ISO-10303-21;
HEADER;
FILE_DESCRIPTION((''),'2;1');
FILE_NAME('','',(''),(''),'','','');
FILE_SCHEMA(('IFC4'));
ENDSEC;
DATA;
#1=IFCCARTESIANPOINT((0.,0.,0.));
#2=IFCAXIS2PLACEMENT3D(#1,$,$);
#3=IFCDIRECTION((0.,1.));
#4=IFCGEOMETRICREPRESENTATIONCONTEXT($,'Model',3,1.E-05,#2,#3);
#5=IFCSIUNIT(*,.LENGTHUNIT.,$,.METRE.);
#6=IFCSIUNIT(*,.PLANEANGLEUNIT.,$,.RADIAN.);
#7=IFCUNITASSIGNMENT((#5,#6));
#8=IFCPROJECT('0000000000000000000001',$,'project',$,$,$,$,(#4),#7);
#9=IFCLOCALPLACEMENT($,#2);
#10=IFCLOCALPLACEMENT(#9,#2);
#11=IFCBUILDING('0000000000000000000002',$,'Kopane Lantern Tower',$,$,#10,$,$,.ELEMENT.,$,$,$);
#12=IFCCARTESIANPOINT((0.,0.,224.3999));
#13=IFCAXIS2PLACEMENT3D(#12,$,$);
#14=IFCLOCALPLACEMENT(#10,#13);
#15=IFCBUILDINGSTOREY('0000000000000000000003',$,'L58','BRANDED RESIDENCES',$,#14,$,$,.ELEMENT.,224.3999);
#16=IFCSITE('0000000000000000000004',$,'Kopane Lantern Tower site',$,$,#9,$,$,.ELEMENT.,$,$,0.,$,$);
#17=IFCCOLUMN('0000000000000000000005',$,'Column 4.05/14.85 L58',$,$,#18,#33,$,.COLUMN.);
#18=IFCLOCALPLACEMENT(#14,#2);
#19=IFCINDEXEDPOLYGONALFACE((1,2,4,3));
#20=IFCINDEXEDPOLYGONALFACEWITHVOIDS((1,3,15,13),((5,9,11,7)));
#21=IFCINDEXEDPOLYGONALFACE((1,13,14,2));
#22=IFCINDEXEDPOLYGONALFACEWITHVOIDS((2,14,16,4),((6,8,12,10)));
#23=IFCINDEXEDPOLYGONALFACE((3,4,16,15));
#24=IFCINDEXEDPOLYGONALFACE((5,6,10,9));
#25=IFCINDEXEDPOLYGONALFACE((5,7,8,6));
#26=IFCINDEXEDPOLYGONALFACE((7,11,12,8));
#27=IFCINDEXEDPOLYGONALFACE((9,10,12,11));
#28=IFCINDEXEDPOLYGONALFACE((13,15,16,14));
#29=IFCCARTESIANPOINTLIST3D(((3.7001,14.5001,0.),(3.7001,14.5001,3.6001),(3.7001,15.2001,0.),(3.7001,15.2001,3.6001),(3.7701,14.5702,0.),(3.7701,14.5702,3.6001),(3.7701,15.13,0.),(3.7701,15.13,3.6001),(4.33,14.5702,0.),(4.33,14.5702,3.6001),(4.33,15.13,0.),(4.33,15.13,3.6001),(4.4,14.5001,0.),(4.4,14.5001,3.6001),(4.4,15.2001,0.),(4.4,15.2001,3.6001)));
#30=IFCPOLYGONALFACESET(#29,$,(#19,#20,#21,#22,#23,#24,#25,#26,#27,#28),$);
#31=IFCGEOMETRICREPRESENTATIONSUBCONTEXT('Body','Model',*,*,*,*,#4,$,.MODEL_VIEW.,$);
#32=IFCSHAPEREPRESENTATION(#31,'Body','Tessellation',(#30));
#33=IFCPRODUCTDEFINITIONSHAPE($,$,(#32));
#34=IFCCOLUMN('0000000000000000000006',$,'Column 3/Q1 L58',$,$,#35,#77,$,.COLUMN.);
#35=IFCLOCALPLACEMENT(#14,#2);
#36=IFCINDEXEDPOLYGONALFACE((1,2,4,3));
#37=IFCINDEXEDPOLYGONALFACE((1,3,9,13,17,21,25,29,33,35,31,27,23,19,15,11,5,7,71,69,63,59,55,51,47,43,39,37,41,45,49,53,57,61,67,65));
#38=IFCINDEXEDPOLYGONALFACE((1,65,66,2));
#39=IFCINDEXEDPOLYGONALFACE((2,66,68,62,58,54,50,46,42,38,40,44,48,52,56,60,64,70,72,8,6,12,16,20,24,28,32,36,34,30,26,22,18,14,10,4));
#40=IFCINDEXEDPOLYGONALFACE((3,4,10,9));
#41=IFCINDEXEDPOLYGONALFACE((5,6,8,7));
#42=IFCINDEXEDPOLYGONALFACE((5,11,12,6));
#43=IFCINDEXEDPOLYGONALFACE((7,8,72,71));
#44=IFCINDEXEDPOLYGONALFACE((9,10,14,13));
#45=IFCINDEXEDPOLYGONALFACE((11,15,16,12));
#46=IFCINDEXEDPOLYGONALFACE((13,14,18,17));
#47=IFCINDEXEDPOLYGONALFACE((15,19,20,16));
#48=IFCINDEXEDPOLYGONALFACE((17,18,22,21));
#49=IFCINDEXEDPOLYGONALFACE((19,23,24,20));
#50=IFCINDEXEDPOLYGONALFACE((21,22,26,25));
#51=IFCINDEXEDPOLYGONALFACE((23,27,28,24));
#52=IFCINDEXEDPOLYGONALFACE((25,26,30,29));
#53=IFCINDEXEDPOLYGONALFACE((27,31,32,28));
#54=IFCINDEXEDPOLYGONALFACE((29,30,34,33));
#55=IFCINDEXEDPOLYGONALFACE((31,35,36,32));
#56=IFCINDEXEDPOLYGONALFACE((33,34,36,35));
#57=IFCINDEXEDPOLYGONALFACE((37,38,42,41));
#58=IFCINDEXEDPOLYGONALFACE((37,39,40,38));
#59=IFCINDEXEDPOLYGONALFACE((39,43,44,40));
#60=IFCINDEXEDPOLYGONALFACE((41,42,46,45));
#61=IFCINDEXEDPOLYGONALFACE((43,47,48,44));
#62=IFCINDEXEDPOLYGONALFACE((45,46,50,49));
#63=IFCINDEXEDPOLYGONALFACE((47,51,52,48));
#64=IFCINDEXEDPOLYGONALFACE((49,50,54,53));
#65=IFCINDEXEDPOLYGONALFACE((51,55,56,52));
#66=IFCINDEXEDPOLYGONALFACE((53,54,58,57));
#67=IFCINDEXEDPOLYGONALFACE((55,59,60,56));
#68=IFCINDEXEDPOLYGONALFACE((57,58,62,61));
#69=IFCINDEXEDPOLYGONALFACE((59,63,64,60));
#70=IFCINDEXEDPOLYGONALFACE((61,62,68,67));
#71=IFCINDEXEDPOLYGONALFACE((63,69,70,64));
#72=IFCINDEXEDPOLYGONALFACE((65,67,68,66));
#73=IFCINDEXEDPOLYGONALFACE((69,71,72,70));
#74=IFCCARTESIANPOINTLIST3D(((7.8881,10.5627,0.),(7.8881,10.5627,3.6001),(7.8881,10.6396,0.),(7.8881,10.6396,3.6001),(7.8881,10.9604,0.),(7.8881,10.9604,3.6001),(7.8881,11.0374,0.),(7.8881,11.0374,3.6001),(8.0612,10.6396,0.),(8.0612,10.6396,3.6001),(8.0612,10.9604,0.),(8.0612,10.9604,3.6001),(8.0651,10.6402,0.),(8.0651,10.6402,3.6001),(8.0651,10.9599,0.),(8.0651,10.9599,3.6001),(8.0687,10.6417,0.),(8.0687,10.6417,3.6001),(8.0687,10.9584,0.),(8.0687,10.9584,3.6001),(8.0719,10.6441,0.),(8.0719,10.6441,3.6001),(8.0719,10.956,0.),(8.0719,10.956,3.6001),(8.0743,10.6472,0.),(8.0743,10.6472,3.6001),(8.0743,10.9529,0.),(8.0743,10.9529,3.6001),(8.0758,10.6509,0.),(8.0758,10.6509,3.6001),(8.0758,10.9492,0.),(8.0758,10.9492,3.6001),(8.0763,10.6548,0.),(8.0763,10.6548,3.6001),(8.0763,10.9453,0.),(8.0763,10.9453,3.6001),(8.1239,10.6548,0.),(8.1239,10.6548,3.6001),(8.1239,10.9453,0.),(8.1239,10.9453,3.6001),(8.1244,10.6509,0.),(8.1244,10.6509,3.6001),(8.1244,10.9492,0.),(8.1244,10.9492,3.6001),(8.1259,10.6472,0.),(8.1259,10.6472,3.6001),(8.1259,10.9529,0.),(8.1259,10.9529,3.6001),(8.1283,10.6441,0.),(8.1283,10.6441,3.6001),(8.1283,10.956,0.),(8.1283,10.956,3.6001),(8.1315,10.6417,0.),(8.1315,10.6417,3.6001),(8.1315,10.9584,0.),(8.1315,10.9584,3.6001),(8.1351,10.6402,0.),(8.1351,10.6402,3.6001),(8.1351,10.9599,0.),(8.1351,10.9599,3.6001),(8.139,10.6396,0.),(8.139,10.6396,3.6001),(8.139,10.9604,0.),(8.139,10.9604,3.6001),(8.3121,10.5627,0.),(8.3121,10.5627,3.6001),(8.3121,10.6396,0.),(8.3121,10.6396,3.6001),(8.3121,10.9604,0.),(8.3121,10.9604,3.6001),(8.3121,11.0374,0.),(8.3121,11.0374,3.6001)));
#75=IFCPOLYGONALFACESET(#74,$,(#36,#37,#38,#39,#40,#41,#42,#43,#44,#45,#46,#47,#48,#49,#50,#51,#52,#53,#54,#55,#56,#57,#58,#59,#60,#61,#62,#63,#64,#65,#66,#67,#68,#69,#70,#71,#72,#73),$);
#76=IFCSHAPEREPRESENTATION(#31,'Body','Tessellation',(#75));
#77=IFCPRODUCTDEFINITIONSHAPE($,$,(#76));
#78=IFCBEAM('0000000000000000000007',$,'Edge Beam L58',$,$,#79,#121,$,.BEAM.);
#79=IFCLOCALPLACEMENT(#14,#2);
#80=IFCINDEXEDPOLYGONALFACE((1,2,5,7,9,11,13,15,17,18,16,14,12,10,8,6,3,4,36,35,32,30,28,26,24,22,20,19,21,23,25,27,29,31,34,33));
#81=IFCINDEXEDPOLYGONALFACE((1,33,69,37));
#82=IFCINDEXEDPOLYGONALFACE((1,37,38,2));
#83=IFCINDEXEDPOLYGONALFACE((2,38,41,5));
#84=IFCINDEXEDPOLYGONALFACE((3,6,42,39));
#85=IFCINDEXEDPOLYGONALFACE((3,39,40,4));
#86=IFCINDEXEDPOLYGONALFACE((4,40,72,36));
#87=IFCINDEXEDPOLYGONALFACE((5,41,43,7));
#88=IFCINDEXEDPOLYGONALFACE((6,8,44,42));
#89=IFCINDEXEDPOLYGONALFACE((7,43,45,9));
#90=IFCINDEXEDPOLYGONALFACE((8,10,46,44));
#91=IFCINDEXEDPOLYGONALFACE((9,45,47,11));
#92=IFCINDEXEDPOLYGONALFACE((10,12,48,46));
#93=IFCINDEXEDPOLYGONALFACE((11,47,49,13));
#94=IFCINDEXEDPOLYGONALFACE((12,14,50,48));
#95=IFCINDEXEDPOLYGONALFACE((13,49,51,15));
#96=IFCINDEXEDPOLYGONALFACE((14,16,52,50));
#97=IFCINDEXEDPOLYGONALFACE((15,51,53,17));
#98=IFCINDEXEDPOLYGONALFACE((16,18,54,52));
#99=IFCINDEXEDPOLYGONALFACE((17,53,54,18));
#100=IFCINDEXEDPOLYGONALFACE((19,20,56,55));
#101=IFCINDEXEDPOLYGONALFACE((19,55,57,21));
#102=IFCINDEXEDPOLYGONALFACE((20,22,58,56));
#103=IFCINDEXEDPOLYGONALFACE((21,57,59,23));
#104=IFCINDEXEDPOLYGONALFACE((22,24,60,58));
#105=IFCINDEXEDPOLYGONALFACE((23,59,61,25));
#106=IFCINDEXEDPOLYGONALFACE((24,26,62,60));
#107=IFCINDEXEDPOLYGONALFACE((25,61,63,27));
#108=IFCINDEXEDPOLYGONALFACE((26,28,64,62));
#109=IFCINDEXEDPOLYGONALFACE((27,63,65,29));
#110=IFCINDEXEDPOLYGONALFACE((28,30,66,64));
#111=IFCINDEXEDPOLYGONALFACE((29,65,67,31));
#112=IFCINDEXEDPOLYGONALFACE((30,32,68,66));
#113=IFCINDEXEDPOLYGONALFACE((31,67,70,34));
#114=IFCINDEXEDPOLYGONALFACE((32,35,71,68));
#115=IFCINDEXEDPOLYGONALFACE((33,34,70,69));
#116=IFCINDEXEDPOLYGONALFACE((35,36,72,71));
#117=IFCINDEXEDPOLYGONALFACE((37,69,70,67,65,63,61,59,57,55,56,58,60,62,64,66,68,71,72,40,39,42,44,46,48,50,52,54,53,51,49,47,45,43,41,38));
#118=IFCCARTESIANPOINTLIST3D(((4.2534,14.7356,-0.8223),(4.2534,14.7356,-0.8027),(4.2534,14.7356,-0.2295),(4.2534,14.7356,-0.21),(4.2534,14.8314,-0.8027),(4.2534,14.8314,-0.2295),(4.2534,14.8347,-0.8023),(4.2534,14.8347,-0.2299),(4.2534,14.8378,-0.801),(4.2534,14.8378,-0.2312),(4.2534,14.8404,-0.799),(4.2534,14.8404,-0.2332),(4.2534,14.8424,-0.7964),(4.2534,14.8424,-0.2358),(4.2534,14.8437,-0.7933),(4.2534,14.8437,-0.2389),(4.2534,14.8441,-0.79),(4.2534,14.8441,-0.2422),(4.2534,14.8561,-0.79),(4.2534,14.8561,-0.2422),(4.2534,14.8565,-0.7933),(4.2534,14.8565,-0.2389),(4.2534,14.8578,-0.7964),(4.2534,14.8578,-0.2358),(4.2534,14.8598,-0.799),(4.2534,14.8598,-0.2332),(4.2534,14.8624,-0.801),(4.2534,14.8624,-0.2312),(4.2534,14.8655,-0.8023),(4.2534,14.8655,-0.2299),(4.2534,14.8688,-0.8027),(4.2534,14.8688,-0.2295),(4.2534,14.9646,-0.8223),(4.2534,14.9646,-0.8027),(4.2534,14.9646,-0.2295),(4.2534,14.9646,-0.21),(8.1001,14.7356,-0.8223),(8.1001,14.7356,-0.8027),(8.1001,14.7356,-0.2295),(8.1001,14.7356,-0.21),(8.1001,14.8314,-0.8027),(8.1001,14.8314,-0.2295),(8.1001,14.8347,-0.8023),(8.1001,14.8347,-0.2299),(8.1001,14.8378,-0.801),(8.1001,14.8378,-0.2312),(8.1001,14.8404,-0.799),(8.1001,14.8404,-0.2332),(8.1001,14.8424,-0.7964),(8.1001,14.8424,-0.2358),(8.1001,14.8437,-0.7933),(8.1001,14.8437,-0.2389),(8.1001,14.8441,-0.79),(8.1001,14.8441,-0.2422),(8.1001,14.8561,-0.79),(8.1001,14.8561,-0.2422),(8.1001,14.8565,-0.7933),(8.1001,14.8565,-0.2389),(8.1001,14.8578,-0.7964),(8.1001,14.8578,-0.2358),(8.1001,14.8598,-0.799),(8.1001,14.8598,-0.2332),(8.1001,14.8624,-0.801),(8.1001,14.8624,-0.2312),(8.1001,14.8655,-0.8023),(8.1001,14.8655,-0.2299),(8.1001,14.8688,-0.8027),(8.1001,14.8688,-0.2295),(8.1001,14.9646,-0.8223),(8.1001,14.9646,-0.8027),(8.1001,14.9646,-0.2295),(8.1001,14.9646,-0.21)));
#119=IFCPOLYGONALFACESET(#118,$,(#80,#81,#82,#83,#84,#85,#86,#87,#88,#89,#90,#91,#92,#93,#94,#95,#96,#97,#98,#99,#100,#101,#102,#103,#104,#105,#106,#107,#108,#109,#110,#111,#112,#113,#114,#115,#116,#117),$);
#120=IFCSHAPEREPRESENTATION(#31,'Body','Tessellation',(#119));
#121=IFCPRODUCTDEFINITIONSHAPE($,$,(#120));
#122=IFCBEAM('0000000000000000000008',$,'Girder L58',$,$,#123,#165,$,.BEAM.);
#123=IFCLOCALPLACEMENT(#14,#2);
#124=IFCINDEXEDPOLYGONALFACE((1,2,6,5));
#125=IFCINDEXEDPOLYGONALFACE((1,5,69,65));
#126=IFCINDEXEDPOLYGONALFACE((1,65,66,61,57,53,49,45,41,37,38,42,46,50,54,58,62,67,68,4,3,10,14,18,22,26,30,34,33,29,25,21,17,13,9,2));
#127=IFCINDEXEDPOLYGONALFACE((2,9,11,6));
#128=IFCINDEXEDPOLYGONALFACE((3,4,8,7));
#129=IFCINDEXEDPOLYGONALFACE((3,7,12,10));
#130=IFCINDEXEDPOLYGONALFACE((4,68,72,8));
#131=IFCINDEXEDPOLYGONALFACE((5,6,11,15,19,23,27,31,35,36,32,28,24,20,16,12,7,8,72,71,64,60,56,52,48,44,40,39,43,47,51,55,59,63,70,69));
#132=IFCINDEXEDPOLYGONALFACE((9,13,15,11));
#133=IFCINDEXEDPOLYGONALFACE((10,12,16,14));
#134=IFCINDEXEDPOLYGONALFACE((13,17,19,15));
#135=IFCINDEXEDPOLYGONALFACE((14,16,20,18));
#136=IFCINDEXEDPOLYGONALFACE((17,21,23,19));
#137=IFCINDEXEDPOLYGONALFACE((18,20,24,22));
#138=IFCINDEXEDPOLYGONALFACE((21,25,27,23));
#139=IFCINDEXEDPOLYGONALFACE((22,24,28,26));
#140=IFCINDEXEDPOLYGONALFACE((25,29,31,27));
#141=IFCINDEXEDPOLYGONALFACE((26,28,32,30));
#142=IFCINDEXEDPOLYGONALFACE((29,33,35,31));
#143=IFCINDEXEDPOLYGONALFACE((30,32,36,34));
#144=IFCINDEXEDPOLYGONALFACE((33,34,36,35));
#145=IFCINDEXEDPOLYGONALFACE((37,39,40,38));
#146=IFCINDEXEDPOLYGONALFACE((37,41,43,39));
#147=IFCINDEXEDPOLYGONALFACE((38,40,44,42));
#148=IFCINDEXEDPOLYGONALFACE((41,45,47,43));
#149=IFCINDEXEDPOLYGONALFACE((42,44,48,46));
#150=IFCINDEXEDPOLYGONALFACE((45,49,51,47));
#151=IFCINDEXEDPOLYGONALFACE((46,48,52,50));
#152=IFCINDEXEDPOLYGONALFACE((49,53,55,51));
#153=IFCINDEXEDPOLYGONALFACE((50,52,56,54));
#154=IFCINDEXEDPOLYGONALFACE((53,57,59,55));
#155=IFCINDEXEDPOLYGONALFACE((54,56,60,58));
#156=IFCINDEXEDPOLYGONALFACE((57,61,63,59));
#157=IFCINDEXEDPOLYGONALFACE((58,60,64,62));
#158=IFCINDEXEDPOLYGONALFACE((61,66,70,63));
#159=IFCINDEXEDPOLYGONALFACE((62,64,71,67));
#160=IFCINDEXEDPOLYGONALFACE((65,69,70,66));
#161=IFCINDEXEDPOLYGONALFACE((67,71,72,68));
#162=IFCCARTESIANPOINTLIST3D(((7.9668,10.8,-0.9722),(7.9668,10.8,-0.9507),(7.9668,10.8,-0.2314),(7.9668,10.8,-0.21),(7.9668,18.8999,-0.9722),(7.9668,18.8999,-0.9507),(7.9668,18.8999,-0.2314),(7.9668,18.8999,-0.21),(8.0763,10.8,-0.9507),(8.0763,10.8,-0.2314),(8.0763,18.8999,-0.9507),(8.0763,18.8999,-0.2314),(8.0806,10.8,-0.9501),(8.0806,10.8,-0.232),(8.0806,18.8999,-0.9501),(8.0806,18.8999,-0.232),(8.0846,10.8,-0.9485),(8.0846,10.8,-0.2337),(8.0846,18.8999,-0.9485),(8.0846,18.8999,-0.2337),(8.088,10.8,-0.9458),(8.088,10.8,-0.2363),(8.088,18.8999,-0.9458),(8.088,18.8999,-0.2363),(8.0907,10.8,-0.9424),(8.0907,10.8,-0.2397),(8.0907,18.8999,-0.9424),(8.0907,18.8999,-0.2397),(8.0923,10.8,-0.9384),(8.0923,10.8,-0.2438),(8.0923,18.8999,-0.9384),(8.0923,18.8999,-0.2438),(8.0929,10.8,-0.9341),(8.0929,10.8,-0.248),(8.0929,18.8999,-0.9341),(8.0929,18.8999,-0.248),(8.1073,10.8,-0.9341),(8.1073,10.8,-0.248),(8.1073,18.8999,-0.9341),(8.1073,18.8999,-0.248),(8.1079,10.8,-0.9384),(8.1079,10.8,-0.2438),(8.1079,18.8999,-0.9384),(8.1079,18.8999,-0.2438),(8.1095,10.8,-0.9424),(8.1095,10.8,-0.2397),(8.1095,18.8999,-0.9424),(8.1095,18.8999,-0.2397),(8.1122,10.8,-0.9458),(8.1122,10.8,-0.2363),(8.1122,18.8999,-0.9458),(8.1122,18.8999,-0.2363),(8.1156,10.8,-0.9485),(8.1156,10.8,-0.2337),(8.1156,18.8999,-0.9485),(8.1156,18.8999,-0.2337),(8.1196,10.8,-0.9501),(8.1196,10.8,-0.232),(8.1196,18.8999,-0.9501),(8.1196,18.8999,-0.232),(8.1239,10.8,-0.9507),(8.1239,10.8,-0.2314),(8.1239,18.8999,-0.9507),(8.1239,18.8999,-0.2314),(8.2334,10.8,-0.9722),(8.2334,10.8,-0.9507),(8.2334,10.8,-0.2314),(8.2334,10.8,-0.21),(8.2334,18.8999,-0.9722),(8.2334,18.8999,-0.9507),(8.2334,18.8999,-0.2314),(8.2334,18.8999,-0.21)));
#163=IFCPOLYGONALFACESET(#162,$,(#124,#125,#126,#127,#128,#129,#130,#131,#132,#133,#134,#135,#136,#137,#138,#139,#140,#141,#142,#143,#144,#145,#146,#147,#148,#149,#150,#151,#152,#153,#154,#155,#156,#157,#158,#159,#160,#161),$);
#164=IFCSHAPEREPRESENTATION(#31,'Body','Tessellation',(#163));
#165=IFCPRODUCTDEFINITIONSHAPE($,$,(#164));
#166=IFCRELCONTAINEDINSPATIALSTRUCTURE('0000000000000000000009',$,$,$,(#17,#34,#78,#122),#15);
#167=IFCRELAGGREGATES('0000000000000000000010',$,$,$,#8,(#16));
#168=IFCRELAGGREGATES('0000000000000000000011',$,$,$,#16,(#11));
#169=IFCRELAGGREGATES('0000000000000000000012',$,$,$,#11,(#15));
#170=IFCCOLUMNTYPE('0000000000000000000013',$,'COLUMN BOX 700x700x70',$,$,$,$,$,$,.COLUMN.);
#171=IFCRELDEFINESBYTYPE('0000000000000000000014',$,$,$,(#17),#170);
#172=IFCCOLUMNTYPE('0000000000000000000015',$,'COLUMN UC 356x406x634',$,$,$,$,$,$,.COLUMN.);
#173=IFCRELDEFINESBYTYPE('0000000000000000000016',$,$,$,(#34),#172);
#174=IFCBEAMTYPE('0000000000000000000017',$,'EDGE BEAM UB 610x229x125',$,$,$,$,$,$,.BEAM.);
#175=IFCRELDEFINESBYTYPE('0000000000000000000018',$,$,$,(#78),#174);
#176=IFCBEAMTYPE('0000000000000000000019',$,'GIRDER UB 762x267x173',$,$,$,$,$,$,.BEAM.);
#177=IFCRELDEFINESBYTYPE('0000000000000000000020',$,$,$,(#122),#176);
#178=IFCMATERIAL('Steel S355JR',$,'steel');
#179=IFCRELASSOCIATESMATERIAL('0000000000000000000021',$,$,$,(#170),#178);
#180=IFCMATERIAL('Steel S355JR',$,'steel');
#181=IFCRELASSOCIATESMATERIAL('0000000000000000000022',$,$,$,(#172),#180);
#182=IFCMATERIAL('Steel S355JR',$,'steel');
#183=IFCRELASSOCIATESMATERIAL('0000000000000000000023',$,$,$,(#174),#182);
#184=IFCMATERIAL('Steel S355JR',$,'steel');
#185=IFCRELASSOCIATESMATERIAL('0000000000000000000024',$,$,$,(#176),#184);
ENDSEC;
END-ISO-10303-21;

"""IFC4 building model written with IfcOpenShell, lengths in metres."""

from ifc_helpers import new_model, si_unit, direction, frame, origin, origin_2d, place, context, subcontext, project, spatial, hollow_rectangle, i_section, extrude, material, material_profile, profile_set, type_object, element, save


model = new_model("IFC4")

# Units and contexts
model_context = context("Model", 3, precision=1e-05, world=origin(), true_north=direction((0.0, 1.0)))
body_context = subcontext(model_context, "Body", "Model", "MODEL_VIEW")
ifc_project = project(units=[si_unit("LENGTHUNIT", "METRE"), si_unit("PLANEANGLEUNIT", "RADIAN")], contexts=[model_context])

# Site, building, storey
site_placement = place(None, origin())
site = spatial("IfcSite", under=ifc_project, at=site_placement, Name="Kopane Lantern Tower site", CompositionType="ELEMENT", RefElevation=0.0)
building_placement = place(site_placement, origin())
building = spatial("IfcBuilding", under=site, at=building_placement, Name="Kopane Lantern Tower", CompositionType="ELEMENT")
storey_placement = place(building_placement, frame((0.0, 0.0, 224.3999)))
storey = spatial("IfcBuildingStorey", under=building, at=storey_placement, Name="L58", Description="BRANDED RESIDENCES", CompositionType="ELEMENT", Elevation=224.3999)

# Columns
ifc_material_1 = material(Name="Steel S355JR", Category="steel")
ifc_material_profile_1 = material_profile(ifc_material_1, hollow_rectangle(XDim=0.7, YDim=0.7, WallThickness=0.0701, at=origin_2d()), Name="BOX 700x700x70")
ifc_profile_set_1 = profile_set([ifc_material_profile_1], Name="Steel S355JR")
column_type_1 = type_object("IfcColumnType", Name="COLUMN BOX 700x700x70", PredefinedType="COLUMN", material=ifc_profile_set_1)
column_1_placement = place(storey_placement, frame((4.05, 14.8501, 0.0), z_axis=(0.0, 0.0, 1.0), x_axis=(1.0, 0.0, 0.0)))
element("IfcColumn", 1, at=column_1_placement, inside=storey, type_object=column_type_1, Name="Column 4.05/14.85 L58", PredefinedType="COLUMN", context=body_context, shape_type="SweptSolid", body=[
    extrude(hollow_rectangle(XDim=0.7, YDim=0.7, WallThickness=0.0701, at=origin_2d()), origin(), (0.0, 0.0, 1.0), 3.6001),
])
ifc_material_2 = material(Name="Steel S355JR", Category="steel")
ifc_material_profile_2 = material_profile(ifc_material_2, i_section(OverallWidth=0.4241, OverallDepth=0.4746, WebThickness=0.0476, FlangeThickness=0.0769, FilletRadius=0.0151, at=origin_2d()), Name="UC 356x406x634")
ifc_profile_set_2 = profile_set([ifc_material_profile_2], Name="Steel S355JR")
column_type_2 = type_object("IfcColumnType", Name="COLUMN UC 356x406x634", PredefinedType="COLUMN", material=ifc_profile_set_2)
column_2_placement = place(storey_placement, frame((8.1001, 10.8, 0.0), z_axis=(0.0, 0.0, 1.0), x_axis=(1.0, 0.0, 0.0)))
element("IfcColumn", 2, at=column_2_placement, inside=storey, type_object=column_type_2, Name="Column 3/Q1 L58", PredefinedType="COLUMN", context=body_context, shape_type="SweptSolid", body=[
    extrude(i_section(OverallWidth=0.4241, OverallDepth=0.4746, WebThickness=0.0476, FlangeThickness=0.0769, FilletRadius=0.0151, at=origin_2d()), origin(), (0.0, 0.0, 1.0), 3.6001),
])

# Beams
ifc_material_3 = material(Name="Steel S355JR", Category="steel")
ifc_material_profile_3 = material_profile(ifc_material_3, i_section(OverallWidth=0.229, OverallDepth=0.6123, WebThickness=0.012, FlangeThickness=0.0195, FilletRadius=0.0127, at=origin_2d()), Name="UB 610x229x125")
ifc_profile_set_3 = profile_set([ifc_material_profile_3], Name="Steel S355JR")
beam_type_1 = type_object("IfcBeamType", Name="EDGE BEAM UB 610x229x125", PredefinedType="BEAM", material=ifc_profile_set_3)
beam_placement = place(storey_placement, frame((4.2534, 14.8501, -0.5161), z_axis=(1.0, 0.0, 0.0), x_axis=(0.0, 1.0, 0.0)))
element("IfcBeam", 3, at=beam_placement, inside=storey, type_object=beam_type_1, Name="Edge Beam L58", PredefinedType="BEAM", context=body_context, shape_type="SweptSolid", body=[
    extrude(i_section(OverallWidth=0.229, OverallDepth=0.6123, WebThickness=0.012, FlangeThickness=0.0195, FilletRadius=0.0127, at=origin_2d()), origin(), (0.0, 0.0, 1.0), 3.8467),
])
ifc_material_4 = material(Name="Steel S355JR", Category="steel")
ifc_material_profile_4 = material_profile(ifc_material_4, i_section(OverallWidth=0.2666, OverallDepth=0.7622, WebThickness=0.0144, FlangeThickness=0.0215, FilletRadius=0.0166, at=origin_2d()), Name="UB 762x267x173")
ifc_profile_set_4 = profile_set([ifc_material_profile_4], Name="Steel S355JR")
beam_type_2 = type_object("IfcBeamType", Name="GIRDER UB 762x267x173", PredefinedType="BEAM", material=ifc_profile_set_4)
for number, where, z_axis, x_axis, name in (
    (4, (8.1001, 10.8, -0.5911), (0.0, 1.0, 0.0), (-1.0, 0.0, 0.0), "Girder L58"),
):
    element("IfcBeam", number, at=place(storey_placement, frame(where, z_axis=z_axis, x_axis=x_axis)), inside=storey, type_object=beam_type_2, Name=name, PredefinedType="BEAM", context=body_context, shape_type="SweptSolid", body=[
        extrude(i_section(OverallWidth=0.2666, OverallDepth=0.7622, WebThickness=0.0144, FlangeThickness=0.0215, FilletRadius=0.0166, at=origin_2d()), origin(), (0.0, 0.0, 1.0), 8.0999),
    ])

save(model, "model.ifc")
